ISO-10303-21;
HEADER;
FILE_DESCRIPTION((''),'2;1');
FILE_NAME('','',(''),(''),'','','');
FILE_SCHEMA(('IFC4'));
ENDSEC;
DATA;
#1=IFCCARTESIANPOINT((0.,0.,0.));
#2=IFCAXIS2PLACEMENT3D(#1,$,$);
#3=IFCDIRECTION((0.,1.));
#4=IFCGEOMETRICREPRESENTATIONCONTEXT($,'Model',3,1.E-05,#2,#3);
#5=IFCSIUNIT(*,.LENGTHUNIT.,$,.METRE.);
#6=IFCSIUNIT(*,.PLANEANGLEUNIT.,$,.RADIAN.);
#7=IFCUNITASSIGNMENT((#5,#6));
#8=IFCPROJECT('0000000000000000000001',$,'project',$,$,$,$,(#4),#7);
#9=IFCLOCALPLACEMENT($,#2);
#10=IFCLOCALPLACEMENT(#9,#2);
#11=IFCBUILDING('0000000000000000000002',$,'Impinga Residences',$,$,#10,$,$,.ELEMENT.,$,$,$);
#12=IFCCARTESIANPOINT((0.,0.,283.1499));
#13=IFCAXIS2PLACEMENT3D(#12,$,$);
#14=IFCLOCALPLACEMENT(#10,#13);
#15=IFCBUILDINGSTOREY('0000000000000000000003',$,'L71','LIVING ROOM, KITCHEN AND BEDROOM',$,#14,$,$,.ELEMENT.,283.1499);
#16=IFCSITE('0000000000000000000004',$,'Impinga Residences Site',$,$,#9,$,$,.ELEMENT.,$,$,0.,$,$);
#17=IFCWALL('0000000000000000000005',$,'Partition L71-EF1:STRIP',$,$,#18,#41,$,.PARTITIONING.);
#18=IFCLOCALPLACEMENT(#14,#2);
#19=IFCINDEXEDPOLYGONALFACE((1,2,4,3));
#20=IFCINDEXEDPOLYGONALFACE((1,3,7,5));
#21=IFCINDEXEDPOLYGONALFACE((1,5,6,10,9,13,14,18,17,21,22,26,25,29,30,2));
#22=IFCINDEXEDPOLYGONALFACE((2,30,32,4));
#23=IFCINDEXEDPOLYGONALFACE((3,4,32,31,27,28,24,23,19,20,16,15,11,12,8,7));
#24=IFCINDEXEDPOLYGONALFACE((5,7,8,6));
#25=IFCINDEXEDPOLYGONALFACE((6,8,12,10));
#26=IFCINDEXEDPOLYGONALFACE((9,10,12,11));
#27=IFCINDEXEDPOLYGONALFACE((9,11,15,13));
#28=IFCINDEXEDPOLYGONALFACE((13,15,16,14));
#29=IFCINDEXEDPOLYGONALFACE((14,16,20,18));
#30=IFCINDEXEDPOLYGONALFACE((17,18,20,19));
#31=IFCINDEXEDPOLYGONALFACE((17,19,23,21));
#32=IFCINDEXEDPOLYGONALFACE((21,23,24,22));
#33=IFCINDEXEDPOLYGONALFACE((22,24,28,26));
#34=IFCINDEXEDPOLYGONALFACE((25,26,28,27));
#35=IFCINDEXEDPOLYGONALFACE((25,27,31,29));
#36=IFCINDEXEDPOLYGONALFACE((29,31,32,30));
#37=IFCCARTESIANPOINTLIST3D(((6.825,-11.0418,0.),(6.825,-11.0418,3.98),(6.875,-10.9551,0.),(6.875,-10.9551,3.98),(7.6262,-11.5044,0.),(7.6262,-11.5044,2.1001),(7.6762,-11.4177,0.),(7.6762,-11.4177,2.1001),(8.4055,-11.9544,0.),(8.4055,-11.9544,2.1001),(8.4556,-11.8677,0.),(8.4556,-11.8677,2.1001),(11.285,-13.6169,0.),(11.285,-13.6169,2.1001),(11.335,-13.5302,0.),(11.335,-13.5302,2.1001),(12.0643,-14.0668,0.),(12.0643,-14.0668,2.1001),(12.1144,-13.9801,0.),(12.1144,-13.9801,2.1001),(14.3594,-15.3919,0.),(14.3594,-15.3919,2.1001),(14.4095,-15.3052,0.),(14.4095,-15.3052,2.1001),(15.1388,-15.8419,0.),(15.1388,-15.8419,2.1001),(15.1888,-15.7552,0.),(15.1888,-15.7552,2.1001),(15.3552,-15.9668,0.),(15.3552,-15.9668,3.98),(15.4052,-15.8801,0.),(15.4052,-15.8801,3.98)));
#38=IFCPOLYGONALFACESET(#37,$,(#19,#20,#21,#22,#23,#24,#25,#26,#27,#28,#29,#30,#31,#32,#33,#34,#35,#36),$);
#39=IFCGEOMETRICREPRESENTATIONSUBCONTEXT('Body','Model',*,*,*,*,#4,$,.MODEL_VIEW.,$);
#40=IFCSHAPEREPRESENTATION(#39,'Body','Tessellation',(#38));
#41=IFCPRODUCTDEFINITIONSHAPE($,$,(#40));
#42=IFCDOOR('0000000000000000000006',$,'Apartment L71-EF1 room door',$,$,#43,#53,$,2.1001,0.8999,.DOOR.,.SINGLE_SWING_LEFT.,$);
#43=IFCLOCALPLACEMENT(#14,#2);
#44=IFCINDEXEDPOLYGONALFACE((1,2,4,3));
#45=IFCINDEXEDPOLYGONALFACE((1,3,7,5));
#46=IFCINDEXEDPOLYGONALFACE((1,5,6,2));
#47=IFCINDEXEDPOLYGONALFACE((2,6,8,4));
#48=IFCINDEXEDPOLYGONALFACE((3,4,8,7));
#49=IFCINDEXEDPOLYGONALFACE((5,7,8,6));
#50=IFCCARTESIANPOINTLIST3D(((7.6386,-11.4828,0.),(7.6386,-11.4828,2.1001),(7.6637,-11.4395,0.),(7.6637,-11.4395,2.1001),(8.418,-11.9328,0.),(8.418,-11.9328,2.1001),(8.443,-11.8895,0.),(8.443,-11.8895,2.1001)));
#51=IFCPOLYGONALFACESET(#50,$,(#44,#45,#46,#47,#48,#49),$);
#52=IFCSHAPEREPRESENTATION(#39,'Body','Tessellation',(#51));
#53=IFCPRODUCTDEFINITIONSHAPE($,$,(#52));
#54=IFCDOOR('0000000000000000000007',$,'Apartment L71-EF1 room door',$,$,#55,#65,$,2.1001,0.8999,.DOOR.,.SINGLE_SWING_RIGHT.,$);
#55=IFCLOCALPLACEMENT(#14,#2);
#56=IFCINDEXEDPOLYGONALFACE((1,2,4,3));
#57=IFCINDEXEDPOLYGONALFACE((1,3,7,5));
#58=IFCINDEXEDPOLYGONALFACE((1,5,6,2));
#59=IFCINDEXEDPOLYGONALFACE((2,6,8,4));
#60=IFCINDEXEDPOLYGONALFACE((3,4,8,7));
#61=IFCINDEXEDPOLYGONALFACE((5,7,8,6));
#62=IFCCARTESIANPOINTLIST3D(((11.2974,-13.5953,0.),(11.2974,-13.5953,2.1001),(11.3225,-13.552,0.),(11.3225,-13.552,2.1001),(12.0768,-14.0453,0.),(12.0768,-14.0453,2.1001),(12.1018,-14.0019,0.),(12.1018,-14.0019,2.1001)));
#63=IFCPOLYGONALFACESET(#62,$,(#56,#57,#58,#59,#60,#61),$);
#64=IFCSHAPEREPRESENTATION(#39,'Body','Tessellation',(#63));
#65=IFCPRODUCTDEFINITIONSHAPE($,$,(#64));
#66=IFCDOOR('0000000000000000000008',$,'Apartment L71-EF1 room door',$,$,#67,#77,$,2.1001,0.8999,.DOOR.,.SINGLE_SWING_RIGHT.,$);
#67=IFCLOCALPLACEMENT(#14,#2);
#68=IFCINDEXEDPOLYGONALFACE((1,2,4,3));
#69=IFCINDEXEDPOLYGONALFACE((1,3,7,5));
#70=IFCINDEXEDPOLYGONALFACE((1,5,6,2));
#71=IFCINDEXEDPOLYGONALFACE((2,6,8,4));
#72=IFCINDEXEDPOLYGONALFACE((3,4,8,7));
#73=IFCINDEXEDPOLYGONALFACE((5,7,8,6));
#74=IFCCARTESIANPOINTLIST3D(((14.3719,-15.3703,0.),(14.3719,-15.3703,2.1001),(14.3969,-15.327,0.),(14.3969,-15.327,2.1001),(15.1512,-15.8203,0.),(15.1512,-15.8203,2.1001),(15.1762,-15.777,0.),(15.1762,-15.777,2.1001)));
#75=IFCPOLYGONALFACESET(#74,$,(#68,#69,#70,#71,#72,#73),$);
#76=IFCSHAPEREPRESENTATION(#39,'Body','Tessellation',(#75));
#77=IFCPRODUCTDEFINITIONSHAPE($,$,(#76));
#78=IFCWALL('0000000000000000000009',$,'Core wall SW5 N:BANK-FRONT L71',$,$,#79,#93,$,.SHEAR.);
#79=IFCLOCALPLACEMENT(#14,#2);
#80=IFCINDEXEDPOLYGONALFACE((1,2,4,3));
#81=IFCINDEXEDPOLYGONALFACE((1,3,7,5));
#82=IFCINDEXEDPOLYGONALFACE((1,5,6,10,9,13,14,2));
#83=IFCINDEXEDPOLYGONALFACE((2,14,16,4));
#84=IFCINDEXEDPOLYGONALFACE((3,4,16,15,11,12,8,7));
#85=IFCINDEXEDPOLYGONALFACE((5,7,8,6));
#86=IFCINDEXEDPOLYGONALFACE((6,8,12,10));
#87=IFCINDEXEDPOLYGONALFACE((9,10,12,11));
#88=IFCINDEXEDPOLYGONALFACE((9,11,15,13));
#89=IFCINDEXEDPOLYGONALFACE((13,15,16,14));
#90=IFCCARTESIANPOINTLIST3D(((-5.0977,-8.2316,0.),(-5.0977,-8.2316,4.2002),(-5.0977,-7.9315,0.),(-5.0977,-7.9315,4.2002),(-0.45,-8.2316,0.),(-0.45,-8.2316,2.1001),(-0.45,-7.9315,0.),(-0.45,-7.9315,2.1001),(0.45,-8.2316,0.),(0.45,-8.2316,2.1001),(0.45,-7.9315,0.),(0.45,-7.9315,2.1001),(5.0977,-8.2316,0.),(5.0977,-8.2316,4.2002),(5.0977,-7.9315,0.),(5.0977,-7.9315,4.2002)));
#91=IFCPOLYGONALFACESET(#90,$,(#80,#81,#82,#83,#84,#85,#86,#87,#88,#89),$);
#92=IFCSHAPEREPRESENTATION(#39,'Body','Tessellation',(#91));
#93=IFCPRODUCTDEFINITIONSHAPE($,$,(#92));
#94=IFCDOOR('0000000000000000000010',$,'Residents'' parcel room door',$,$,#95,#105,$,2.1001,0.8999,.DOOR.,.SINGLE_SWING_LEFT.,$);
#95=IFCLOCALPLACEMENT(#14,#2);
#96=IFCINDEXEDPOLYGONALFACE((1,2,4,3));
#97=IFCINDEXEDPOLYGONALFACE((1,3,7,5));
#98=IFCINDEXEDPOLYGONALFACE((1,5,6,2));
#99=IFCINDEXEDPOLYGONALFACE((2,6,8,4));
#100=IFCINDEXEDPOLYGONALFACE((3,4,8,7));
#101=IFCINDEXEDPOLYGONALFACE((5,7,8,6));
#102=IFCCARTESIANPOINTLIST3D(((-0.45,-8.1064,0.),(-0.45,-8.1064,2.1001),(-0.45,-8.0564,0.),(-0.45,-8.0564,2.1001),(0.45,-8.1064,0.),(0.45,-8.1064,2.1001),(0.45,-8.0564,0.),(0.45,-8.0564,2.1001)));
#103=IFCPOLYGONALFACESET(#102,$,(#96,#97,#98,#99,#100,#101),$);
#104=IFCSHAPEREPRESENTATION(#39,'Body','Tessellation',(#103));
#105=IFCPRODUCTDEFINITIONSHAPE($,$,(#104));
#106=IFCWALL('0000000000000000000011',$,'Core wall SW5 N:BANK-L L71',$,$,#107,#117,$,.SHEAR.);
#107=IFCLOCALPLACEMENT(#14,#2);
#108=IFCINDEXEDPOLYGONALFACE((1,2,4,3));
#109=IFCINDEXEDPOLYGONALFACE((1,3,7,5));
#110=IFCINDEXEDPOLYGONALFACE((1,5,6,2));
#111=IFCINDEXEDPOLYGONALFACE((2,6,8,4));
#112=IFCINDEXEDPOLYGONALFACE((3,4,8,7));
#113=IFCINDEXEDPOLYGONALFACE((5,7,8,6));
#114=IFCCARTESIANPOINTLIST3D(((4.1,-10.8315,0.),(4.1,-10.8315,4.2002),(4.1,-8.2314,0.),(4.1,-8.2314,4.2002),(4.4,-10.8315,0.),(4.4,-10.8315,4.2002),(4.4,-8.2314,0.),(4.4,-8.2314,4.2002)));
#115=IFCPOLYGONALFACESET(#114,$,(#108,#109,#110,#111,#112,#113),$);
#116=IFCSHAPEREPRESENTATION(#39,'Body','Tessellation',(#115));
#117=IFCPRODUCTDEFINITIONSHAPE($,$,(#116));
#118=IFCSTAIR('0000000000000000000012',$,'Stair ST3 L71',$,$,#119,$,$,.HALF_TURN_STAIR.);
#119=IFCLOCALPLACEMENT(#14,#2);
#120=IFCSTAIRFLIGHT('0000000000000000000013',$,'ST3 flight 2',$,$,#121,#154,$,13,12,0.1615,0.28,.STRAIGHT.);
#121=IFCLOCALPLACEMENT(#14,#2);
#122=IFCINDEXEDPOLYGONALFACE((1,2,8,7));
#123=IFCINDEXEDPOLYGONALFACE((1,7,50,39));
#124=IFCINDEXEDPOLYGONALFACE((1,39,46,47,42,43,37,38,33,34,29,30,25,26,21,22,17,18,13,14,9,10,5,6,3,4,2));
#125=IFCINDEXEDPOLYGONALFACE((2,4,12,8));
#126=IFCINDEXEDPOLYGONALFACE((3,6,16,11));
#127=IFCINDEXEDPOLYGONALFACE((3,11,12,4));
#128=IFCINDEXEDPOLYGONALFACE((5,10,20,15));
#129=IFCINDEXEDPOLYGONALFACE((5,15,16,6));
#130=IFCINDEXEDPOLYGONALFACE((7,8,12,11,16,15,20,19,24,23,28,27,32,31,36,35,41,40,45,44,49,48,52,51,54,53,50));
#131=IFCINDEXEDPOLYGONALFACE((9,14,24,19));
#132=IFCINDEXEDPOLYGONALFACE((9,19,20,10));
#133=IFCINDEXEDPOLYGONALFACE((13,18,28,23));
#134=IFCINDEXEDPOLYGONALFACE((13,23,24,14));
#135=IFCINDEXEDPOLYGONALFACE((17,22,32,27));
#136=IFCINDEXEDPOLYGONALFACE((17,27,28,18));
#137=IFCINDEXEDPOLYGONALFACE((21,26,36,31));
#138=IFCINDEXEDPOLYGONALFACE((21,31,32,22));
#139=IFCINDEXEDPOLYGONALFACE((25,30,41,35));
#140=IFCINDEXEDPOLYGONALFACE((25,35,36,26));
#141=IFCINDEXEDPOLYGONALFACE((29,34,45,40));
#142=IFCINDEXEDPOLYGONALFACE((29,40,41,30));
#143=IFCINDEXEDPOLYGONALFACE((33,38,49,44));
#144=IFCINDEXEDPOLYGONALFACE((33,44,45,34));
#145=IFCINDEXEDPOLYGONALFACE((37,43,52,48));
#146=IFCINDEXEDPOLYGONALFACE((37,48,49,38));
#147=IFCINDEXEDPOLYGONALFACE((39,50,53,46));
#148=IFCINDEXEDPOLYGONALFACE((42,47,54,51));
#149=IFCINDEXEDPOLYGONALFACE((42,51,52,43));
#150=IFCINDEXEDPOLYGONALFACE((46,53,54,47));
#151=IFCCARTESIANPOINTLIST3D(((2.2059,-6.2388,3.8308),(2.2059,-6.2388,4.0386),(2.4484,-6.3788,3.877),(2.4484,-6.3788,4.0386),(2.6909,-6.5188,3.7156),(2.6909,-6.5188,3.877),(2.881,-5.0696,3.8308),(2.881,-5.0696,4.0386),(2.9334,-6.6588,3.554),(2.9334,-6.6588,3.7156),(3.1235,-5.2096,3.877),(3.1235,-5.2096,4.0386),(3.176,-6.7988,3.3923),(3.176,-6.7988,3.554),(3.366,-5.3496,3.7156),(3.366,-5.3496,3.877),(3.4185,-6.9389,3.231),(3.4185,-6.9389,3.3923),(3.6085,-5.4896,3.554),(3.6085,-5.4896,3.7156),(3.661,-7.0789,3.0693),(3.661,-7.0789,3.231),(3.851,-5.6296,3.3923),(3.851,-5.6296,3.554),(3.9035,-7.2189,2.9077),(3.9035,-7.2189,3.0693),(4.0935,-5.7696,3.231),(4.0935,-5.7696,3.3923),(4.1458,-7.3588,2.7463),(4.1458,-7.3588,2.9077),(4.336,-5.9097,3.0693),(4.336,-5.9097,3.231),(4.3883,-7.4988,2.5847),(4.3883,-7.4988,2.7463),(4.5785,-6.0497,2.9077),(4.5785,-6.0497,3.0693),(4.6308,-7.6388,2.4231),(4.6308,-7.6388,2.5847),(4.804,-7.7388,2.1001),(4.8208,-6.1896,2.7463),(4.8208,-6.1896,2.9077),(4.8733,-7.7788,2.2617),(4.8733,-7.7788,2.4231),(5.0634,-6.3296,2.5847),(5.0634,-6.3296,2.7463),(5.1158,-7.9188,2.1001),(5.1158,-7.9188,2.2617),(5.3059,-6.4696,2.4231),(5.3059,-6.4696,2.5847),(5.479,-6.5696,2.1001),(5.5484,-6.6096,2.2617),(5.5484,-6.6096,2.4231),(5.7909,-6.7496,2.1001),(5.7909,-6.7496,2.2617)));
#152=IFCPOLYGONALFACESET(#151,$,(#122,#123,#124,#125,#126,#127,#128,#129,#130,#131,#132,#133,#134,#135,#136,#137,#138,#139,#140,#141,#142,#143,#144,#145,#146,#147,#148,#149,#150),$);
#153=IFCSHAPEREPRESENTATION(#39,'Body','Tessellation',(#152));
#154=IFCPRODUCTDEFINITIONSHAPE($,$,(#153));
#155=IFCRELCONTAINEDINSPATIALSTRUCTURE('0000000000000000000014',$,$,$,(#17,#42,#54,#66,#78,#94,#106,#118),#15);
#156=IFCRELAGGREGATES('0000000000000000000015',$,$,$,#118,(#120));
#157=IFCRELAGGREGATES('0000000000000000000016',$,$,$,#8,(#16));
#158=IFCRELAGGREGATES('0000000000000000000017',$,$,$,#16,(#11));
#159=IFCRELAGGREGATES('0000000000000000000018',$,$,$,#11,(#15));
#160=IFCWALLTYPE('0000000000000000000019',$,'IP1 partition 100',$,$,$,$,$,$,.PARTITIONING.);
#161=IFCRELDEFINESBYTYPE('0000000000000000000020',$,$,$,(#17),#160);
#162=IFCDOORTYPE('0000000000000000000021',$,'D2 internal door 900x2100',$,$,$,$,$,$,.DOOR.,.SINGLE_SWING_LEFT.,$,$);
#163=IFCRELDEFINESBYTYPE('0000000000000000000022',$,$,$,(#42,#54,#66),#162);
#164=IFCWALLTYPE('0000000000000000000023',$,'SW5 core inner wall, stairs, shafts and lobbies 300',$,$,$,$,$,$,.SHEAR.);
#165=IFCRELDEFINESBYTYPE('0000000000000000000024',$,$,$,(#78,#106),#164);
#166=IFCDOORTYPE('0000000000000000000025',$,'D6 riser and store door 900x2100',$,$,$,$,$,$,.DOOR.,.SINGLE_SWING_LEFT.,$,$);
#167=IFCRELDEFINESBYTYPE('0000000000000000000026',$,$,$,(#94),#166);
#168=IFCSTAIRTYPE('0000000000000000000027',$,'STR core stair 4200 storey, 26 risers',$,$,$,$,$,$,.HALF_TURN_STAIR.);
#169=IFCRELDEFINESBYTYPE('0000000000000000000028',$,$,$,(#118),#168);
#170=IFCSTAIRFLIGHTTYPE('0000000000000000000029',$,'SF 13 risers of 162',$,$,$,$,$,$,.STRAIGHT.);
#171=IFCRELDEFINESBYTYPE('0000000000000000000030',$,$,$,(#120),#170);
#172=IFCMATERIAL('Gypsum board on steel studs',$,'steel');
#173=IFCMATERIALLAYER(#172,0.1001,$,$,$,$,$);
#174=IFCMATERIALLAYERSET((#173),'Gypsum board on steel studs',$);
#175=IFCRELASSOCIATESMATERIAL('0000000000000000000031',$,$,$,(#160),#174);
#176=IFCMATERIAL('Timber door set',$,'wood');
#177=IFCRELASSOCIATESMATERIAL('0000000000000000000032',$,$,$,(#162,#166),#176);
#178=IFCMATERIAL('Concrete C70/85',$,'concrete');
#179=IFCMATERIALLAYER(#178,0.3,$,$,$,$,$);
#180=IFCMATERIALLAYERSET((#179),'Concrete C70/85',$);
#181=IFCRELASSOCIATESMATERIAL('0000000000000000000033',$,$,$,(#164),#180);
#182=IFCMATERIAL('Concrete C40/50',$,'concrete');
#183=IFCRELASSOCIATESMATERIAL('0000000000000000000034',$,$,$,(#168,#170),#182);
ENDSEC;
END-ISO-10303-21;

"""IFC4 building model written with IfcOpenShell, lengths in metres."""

from ifc_helpers import new_model, si_unit, direction, frame, frame_2d, origin, place, context, subcontext, project, spatial, polyline, rectangle, outline, extrude, material, layer, layer_set, type_object, element, fill, aggregate, save


model = new_model("IFC4")

# Units and contexts
model_context = context("Model", 3, precision=1e-05, world=origin(), true_north=direction((0.0, 1.0)))
body_context = subcontext(model_context, "Body", "Model", "MODEL_VIEW")
ifc_project = project(units=[si_unit("LENGTHUNIT", "METRE"), si_unit("PLANEANGLEUNIT", "RADIAN")], contexts=[model_context])

# Site, building, storey
site_placement = place(None, origin())
site = spatial("IfcSite", under=ifc_project, at=site_placement, Name="Impinga Residences Site", CompositionType="ELEMENT", RefElevation=0.0)
building_placement = place(site_placement, origin())
building = spatial("IfcBuilding", under=site, at=building_placement, Name="Impinga Residences", CompositionType="ELEMENT")
storey_placement = place(building_placement, frame((0.0, 0.0, 283.1499)))
storey = spatial("IfcBuildingStorey", under=building, at=storey_placement, Name="L71", Description="LIVING ROOM, KITCHEN AND BEDROOM", CompositionType="ELEMENT", Elevation=283.1499)

# Shared definitions
ifc_material_1 = material(Name="Gypsum board on steel studs", Category="steel")
ifc_layer_1 = layer(ifc_material_1, 0.1001)
ifc_layer_set_1 = layer_set([ifc_layer_1], Name="Gypsum board on steel studs")
wall_type_1 = type_object("IfcWallType", Name="IP1 partition 100", PredefinedType="PARTITIONING", material=ifc_layer_set_1)

# Wall, openings, doors
wall_1_placement = place(storey_placement, frame((6.8501, -10.9985, 0.0), z_axis=(0.0, 0.0, 1.0), x_axis=(0.866021, -0.500007, 0.0)))
wall_1 = element("IfcWall", 1, at=wall_1_placement, inside=storey, type_object=wall_type_1, Name="Partition L71-EF1:STRIP", PredefinedType="PARTITIONING", context=body_context, shape_type="SweptSolid", body=[
    extrude(rectangle(XDim=9.8499, YDim=0.1001, at=frame_2d((4.9248, 0.0))), origin(), (0.0, 0.0, 1.0), 3.98),
])
opening_1_placement = place(wall_1_placement, frame((0.925, 0.0, 0.0)))
opening_1 = element("IfcOpeningElement", 2, at=opening_1_placement, cuts=wall_1, PredefinedType="OPENING", context=body_context, shape_type="SweptSolid", body=[
    extrude(rectangle(XDim=0.8999, YDim=2.1001, at=frame_2d((0.45, 1.05))), frame((0.0, 0.0601, 0.0), z_axis=(0.0, -1.0, 0.0), x_axis=(1.0, 0.0, 0.0)), (0.0, 0.0, 1.0), 0.1201),
])
opening_2_placement = place(wall_1_placement, frame((5.1499, 0.0, 0.0)))
opening_2 = element("IfcOpeningElement", 3, at=opening_2_placement, cuts=wall_1, PredefinedType="OPENING", context=body_context, shape_type="SweptSolid", body=[
    extrude(rectangle(XDim=0.8999, YDim=2.1001, at=frame_2d((0.45, 1.05))), frame((0.0, 0.0601, 0.0), z_axis=(0.0, -1.0, 0.0), x_axis=(1.0, 0.0, 0.0)), (0.0, 0.0, 1.0), 0.1201),
])
opening_3_placement = place(wall_1_placement, frame((8.7, 0.0, 0.0)))
opening_3 = element("IfcOpeningElement", 4, at=opening_3_placement, cuts=wall_1, PredefinedType="OPENING", context=body_context, shape_type="SweptSolid", body=[
    extrude(rectangle(XDim=0.8999, YDim=2.1001, at=frame_2d((0.45, 1.05))), frame((0.0, 0.0601, 0.0), z_axis=(0.0, -1.0, 0.0), x_axis=(1.0, 0.0, 0.0)), (0.0, 0.0, 1.0), 0.1201),
])
ifc_material_2 = material(Name="Timber door set", Category="wood")
door_type_1 = type_object("IfcDoorType", Name="D2 internal door 900x2100", OperationType="SINGLE_SWING_LEFT", PredefinedType="DOOR", material=ifc_material_2)
door_1_placement = place(opening_1_placement, origin())
door_1 = element("IfcDoor", 5, at=door_1_placement, inside=storey, type_object=door_type_1, Name="Apartment L71-EF1 room door", OperationType="SINGLE_SWING_LEFT", OverallHeight=2.1001, OverallWidth=0.8999, PredefinedType="DOOR", context=body_context, shape_type="SweptSolid", body=[
    extrude(rectangle(XDim=0.8999, YDim=2.1001, at=frame_2d((0.45, 1.05))), frame((0.0, 0.0249, 0.0), z_axis=(0.0, -1.0, 0.0), x_axis=(1.0, 0.0, 0.0)), (0.0, 0.0, 1.0), 0.05),
])
fill(opening_1, door_1)
door_2_placement = place(opening_2_placement, origin())
door_2 = element("IfcDoor", 6, at=door_2_placement, inside=storey, type_object=door_type_1, Name="Apartment L71-EF1 room door", OperationType="SINGLE_SWING_RIGHT", OverallHeight=2.1001, OverallWidth=0.8999, PredefinedType="DOOR", context=body_context, shape_type="SweptSolid", body=[
    extrude(rectangle(XDim=0.8999, YDim=2.1001, at=frame_2d((0.45, 1.05))), frame((0.0, 0.0249, 0.0), z_axis=(0.0, -1.0, 0.0), x_axis=(1.0, 0.0, 0.0)), (0.0, 0.0, 1.0), 0.05),
])
fill(opening_2, door_2)
door_3_placement = place(opening_3_placement, origin())
door_3 = element("IfcDoor", 7, at=door_3_placement, inside=storey, type_object=door_type_1, Name="Apartment L71-EF1 room door", OperationType="SINGLE_SWING_RIGHT", OverallHeight=2.1001, OverallWidth=0.8999, PredefinedType="DOOR", context=body_context, shape_type="SweptSolid", body=[
    extrude(rectangle(XDim=0.8999, YDim=2.1001, at=frame_2d((0.45, 1.05))), frame((0.0, 0.0249, 0.0), z_axis=(0.0, -1.0, 0.0), x_axis=(1.0, 0.0, 0.0)), (0.0, 0.0, 1.0), 0.05),
])
fill(opening_3, door_3)

# Wall, opening, door
ifc_material_3 = material(Name="Concrete C70/85", Category="concrete")
ifc_layer_2 = layer(ifc_material_3, 0.3)
ifc_layer_set_2 = layer_set([ifc_layer_2], Name="Concrete C70/85")
wall_type_2 = type_object("IfcWallType", Name="SW5 core inner wall, stairs, shafts and lobbies 300", PredefinedType="SHEAR", material=ifc_layer_set_2)
wall_2_placement = place(storey_placement, frame((5.0977, -8.0815, 0.0), z_axis=(0.0, 0.0, 1.0), x_axis=(-1.0, 0.0, 0.0)))
wall_2 = element("IfcWall", 8, at=wall_2_placement, inside=storey, type_object=wall_type_2, Name="Core wall SW5 N:BANK-FRONT L71", PredefinedType="SHEAR", context=body_context, shape_type="SweptSolid", body=[
    extrude(rectangle(XDim=10.1953, YDim=0.3, at=frame_2d((5.0977, 0.0))), origin(), (0.0, 0.0, 1.0), 4.2002),
])
opening_4_placement = place(wall_2_placement, frame((4.6477, 0.0, 0.0)))
opening_4 = element("IfcOpeningElement", 9, at=opening_4_placement, cuts=wall_2, PredefinedType="OPENING", context=body_context, shape_type="SweptSolid", body=[
    extrude(rectangle(XDim=0.8999, YDim=2.1001, at=frame_2d((0.45, 1.05))), frame((0.0, 0.1599, 0.0), z_axis=(0.0, -1.0, 0.0), x_axis=(1.0, 0.0, 0.0)), (0.0, 0.0, 1.0), 0.3201),
])
door_type_2 = type_object("IfcDoorType", Name="D6 riser and store door 900x2100", OperationType="SINGLE_SWING_LEFT", PredefinedType="DOOR", material=ifc_material_2)
door_4_placement = place(opening_4_placement, origin())
door_4 = element("IfcDoor", 10, at=door_4_placement, inside=storey, type_object=door_type_2, Name="Residents' parcel room door", OperationType="SINGLE_SWING_LEFT", OverallHeight=2.1001, OverallWidth=0.8999, PredefinedType="DOOR", context=body_context, shape_type="SweptSolid", body=[
    extrude(rectangle(XDim=0.8999, YDim=2.1001, at=frame_2d((0.45, 1.05))), frame((0.0, 0.0249, 0.0), z_axis=(0.0, -1.0, 0.0), x_axis=(1.0, 0.0, 0.0)), (0.0, 0.0, 1.0), 0.05),
])
fill(opening_4, door_4)

# Wall
wall_3_placement = place(storey_placement, frame((4.25, -8.2314, 0.0), z_axis=(0.0, 0.0, 1.0), x_axis=(0.0, -1.0, 0.0)))
element("IfcWall", 11, at=wall_3_placement, inside=storey, type_object=wall_type_2, Name="Core wall SW5 N:BANK-L L71", PredefinedType="SHEAR", context=body_context, shape_type="SweptSolid", body=[
    extrude(rectangle(XDim=2.6001, YDim=0.3, at=frame_2d((1.3, 0.0))), origin(), (0.0, 0.0, 1.0), 4.2002),
])

# Stair, stair flight
ifc_material_4 = material(Name="Concrete C40/50", Category="concrete")
stair_type = type_object("IfcStairType", Name="STR core stair 4200 storey, 26 risers", PredefinedType="HALF_TURN_STAIR", material=ifc_material_4)
stair_placement = place(storey_placement, origin())
stair = element("IfcStair", 12, at=stair_placement, inside=storey, type_object=stair_type, Name="Stair ST3 L71", PredefinedType="HALF_TURN_STAIR")
stair_flight_type = type_object("IfcStairFlightType", Name="SF 13 risers of 162", PredefinedType="STRAIGHT", material=ifc_material_4)
stair_flight_placement = place(storey_placement, frame((5.4534, -7.3342, 2.1001), z_axis=(0.0, 0.0, 1.0), x_axis=(-0.866025, 0.5, 0.0)))
stair_flight = element("IfcStairFlight", 13, at=stair_flight_placement, type_object=stair_flight_type, Name="ST3 flight 2", NumberOfRisers=13, NumberOfTreads=12, PredefinedType="STRAIGHT", RiserHeight=0.1615, TreadLength=0.28, context=body_context, shape_type="SweptSolid", body=[
    extrude(outline(polyline([(0.0, 0.0), (0.0, 0.1616), (0.28, 0.1616), (0.28, 0.323), (0.5601, 0.323), (0.5601, 0.4846), (0.8401, 0.4846), (0.8401, 0.6462), (1.1201, 0.6462), (1.1201, 0.8076), (1.3999, 0.8076), (1.3999, 0.9692), (1.6799, 0.9692), (1.6799, 1.1309), (1.96, 1.1309), (1.96, 1.2922), (2.24, 1.2922), (2.24, 1.4539), (2.52, 1.4539), (2.52, 1.6155), (2.8, 1.6155), (2.8, 1.7769), (3.0801, 1.7769), (3.0801, 1.9385), (3.3601, 1.9385), (3.3601, 2.1001), (3.3601, 1.7307), (0.3601, 0.0), (0.0, 0.0)])), frame((0.0, 0.675, 0.0), z_axis=(0.0, -1.0, 0.0), x_axis=(1.0, 0.0, 0.0)), (0.0, 0.0, 1.0), 1.3501),
])
aggregate(stair, [stair_flight])

save(model, "model.ifc")
